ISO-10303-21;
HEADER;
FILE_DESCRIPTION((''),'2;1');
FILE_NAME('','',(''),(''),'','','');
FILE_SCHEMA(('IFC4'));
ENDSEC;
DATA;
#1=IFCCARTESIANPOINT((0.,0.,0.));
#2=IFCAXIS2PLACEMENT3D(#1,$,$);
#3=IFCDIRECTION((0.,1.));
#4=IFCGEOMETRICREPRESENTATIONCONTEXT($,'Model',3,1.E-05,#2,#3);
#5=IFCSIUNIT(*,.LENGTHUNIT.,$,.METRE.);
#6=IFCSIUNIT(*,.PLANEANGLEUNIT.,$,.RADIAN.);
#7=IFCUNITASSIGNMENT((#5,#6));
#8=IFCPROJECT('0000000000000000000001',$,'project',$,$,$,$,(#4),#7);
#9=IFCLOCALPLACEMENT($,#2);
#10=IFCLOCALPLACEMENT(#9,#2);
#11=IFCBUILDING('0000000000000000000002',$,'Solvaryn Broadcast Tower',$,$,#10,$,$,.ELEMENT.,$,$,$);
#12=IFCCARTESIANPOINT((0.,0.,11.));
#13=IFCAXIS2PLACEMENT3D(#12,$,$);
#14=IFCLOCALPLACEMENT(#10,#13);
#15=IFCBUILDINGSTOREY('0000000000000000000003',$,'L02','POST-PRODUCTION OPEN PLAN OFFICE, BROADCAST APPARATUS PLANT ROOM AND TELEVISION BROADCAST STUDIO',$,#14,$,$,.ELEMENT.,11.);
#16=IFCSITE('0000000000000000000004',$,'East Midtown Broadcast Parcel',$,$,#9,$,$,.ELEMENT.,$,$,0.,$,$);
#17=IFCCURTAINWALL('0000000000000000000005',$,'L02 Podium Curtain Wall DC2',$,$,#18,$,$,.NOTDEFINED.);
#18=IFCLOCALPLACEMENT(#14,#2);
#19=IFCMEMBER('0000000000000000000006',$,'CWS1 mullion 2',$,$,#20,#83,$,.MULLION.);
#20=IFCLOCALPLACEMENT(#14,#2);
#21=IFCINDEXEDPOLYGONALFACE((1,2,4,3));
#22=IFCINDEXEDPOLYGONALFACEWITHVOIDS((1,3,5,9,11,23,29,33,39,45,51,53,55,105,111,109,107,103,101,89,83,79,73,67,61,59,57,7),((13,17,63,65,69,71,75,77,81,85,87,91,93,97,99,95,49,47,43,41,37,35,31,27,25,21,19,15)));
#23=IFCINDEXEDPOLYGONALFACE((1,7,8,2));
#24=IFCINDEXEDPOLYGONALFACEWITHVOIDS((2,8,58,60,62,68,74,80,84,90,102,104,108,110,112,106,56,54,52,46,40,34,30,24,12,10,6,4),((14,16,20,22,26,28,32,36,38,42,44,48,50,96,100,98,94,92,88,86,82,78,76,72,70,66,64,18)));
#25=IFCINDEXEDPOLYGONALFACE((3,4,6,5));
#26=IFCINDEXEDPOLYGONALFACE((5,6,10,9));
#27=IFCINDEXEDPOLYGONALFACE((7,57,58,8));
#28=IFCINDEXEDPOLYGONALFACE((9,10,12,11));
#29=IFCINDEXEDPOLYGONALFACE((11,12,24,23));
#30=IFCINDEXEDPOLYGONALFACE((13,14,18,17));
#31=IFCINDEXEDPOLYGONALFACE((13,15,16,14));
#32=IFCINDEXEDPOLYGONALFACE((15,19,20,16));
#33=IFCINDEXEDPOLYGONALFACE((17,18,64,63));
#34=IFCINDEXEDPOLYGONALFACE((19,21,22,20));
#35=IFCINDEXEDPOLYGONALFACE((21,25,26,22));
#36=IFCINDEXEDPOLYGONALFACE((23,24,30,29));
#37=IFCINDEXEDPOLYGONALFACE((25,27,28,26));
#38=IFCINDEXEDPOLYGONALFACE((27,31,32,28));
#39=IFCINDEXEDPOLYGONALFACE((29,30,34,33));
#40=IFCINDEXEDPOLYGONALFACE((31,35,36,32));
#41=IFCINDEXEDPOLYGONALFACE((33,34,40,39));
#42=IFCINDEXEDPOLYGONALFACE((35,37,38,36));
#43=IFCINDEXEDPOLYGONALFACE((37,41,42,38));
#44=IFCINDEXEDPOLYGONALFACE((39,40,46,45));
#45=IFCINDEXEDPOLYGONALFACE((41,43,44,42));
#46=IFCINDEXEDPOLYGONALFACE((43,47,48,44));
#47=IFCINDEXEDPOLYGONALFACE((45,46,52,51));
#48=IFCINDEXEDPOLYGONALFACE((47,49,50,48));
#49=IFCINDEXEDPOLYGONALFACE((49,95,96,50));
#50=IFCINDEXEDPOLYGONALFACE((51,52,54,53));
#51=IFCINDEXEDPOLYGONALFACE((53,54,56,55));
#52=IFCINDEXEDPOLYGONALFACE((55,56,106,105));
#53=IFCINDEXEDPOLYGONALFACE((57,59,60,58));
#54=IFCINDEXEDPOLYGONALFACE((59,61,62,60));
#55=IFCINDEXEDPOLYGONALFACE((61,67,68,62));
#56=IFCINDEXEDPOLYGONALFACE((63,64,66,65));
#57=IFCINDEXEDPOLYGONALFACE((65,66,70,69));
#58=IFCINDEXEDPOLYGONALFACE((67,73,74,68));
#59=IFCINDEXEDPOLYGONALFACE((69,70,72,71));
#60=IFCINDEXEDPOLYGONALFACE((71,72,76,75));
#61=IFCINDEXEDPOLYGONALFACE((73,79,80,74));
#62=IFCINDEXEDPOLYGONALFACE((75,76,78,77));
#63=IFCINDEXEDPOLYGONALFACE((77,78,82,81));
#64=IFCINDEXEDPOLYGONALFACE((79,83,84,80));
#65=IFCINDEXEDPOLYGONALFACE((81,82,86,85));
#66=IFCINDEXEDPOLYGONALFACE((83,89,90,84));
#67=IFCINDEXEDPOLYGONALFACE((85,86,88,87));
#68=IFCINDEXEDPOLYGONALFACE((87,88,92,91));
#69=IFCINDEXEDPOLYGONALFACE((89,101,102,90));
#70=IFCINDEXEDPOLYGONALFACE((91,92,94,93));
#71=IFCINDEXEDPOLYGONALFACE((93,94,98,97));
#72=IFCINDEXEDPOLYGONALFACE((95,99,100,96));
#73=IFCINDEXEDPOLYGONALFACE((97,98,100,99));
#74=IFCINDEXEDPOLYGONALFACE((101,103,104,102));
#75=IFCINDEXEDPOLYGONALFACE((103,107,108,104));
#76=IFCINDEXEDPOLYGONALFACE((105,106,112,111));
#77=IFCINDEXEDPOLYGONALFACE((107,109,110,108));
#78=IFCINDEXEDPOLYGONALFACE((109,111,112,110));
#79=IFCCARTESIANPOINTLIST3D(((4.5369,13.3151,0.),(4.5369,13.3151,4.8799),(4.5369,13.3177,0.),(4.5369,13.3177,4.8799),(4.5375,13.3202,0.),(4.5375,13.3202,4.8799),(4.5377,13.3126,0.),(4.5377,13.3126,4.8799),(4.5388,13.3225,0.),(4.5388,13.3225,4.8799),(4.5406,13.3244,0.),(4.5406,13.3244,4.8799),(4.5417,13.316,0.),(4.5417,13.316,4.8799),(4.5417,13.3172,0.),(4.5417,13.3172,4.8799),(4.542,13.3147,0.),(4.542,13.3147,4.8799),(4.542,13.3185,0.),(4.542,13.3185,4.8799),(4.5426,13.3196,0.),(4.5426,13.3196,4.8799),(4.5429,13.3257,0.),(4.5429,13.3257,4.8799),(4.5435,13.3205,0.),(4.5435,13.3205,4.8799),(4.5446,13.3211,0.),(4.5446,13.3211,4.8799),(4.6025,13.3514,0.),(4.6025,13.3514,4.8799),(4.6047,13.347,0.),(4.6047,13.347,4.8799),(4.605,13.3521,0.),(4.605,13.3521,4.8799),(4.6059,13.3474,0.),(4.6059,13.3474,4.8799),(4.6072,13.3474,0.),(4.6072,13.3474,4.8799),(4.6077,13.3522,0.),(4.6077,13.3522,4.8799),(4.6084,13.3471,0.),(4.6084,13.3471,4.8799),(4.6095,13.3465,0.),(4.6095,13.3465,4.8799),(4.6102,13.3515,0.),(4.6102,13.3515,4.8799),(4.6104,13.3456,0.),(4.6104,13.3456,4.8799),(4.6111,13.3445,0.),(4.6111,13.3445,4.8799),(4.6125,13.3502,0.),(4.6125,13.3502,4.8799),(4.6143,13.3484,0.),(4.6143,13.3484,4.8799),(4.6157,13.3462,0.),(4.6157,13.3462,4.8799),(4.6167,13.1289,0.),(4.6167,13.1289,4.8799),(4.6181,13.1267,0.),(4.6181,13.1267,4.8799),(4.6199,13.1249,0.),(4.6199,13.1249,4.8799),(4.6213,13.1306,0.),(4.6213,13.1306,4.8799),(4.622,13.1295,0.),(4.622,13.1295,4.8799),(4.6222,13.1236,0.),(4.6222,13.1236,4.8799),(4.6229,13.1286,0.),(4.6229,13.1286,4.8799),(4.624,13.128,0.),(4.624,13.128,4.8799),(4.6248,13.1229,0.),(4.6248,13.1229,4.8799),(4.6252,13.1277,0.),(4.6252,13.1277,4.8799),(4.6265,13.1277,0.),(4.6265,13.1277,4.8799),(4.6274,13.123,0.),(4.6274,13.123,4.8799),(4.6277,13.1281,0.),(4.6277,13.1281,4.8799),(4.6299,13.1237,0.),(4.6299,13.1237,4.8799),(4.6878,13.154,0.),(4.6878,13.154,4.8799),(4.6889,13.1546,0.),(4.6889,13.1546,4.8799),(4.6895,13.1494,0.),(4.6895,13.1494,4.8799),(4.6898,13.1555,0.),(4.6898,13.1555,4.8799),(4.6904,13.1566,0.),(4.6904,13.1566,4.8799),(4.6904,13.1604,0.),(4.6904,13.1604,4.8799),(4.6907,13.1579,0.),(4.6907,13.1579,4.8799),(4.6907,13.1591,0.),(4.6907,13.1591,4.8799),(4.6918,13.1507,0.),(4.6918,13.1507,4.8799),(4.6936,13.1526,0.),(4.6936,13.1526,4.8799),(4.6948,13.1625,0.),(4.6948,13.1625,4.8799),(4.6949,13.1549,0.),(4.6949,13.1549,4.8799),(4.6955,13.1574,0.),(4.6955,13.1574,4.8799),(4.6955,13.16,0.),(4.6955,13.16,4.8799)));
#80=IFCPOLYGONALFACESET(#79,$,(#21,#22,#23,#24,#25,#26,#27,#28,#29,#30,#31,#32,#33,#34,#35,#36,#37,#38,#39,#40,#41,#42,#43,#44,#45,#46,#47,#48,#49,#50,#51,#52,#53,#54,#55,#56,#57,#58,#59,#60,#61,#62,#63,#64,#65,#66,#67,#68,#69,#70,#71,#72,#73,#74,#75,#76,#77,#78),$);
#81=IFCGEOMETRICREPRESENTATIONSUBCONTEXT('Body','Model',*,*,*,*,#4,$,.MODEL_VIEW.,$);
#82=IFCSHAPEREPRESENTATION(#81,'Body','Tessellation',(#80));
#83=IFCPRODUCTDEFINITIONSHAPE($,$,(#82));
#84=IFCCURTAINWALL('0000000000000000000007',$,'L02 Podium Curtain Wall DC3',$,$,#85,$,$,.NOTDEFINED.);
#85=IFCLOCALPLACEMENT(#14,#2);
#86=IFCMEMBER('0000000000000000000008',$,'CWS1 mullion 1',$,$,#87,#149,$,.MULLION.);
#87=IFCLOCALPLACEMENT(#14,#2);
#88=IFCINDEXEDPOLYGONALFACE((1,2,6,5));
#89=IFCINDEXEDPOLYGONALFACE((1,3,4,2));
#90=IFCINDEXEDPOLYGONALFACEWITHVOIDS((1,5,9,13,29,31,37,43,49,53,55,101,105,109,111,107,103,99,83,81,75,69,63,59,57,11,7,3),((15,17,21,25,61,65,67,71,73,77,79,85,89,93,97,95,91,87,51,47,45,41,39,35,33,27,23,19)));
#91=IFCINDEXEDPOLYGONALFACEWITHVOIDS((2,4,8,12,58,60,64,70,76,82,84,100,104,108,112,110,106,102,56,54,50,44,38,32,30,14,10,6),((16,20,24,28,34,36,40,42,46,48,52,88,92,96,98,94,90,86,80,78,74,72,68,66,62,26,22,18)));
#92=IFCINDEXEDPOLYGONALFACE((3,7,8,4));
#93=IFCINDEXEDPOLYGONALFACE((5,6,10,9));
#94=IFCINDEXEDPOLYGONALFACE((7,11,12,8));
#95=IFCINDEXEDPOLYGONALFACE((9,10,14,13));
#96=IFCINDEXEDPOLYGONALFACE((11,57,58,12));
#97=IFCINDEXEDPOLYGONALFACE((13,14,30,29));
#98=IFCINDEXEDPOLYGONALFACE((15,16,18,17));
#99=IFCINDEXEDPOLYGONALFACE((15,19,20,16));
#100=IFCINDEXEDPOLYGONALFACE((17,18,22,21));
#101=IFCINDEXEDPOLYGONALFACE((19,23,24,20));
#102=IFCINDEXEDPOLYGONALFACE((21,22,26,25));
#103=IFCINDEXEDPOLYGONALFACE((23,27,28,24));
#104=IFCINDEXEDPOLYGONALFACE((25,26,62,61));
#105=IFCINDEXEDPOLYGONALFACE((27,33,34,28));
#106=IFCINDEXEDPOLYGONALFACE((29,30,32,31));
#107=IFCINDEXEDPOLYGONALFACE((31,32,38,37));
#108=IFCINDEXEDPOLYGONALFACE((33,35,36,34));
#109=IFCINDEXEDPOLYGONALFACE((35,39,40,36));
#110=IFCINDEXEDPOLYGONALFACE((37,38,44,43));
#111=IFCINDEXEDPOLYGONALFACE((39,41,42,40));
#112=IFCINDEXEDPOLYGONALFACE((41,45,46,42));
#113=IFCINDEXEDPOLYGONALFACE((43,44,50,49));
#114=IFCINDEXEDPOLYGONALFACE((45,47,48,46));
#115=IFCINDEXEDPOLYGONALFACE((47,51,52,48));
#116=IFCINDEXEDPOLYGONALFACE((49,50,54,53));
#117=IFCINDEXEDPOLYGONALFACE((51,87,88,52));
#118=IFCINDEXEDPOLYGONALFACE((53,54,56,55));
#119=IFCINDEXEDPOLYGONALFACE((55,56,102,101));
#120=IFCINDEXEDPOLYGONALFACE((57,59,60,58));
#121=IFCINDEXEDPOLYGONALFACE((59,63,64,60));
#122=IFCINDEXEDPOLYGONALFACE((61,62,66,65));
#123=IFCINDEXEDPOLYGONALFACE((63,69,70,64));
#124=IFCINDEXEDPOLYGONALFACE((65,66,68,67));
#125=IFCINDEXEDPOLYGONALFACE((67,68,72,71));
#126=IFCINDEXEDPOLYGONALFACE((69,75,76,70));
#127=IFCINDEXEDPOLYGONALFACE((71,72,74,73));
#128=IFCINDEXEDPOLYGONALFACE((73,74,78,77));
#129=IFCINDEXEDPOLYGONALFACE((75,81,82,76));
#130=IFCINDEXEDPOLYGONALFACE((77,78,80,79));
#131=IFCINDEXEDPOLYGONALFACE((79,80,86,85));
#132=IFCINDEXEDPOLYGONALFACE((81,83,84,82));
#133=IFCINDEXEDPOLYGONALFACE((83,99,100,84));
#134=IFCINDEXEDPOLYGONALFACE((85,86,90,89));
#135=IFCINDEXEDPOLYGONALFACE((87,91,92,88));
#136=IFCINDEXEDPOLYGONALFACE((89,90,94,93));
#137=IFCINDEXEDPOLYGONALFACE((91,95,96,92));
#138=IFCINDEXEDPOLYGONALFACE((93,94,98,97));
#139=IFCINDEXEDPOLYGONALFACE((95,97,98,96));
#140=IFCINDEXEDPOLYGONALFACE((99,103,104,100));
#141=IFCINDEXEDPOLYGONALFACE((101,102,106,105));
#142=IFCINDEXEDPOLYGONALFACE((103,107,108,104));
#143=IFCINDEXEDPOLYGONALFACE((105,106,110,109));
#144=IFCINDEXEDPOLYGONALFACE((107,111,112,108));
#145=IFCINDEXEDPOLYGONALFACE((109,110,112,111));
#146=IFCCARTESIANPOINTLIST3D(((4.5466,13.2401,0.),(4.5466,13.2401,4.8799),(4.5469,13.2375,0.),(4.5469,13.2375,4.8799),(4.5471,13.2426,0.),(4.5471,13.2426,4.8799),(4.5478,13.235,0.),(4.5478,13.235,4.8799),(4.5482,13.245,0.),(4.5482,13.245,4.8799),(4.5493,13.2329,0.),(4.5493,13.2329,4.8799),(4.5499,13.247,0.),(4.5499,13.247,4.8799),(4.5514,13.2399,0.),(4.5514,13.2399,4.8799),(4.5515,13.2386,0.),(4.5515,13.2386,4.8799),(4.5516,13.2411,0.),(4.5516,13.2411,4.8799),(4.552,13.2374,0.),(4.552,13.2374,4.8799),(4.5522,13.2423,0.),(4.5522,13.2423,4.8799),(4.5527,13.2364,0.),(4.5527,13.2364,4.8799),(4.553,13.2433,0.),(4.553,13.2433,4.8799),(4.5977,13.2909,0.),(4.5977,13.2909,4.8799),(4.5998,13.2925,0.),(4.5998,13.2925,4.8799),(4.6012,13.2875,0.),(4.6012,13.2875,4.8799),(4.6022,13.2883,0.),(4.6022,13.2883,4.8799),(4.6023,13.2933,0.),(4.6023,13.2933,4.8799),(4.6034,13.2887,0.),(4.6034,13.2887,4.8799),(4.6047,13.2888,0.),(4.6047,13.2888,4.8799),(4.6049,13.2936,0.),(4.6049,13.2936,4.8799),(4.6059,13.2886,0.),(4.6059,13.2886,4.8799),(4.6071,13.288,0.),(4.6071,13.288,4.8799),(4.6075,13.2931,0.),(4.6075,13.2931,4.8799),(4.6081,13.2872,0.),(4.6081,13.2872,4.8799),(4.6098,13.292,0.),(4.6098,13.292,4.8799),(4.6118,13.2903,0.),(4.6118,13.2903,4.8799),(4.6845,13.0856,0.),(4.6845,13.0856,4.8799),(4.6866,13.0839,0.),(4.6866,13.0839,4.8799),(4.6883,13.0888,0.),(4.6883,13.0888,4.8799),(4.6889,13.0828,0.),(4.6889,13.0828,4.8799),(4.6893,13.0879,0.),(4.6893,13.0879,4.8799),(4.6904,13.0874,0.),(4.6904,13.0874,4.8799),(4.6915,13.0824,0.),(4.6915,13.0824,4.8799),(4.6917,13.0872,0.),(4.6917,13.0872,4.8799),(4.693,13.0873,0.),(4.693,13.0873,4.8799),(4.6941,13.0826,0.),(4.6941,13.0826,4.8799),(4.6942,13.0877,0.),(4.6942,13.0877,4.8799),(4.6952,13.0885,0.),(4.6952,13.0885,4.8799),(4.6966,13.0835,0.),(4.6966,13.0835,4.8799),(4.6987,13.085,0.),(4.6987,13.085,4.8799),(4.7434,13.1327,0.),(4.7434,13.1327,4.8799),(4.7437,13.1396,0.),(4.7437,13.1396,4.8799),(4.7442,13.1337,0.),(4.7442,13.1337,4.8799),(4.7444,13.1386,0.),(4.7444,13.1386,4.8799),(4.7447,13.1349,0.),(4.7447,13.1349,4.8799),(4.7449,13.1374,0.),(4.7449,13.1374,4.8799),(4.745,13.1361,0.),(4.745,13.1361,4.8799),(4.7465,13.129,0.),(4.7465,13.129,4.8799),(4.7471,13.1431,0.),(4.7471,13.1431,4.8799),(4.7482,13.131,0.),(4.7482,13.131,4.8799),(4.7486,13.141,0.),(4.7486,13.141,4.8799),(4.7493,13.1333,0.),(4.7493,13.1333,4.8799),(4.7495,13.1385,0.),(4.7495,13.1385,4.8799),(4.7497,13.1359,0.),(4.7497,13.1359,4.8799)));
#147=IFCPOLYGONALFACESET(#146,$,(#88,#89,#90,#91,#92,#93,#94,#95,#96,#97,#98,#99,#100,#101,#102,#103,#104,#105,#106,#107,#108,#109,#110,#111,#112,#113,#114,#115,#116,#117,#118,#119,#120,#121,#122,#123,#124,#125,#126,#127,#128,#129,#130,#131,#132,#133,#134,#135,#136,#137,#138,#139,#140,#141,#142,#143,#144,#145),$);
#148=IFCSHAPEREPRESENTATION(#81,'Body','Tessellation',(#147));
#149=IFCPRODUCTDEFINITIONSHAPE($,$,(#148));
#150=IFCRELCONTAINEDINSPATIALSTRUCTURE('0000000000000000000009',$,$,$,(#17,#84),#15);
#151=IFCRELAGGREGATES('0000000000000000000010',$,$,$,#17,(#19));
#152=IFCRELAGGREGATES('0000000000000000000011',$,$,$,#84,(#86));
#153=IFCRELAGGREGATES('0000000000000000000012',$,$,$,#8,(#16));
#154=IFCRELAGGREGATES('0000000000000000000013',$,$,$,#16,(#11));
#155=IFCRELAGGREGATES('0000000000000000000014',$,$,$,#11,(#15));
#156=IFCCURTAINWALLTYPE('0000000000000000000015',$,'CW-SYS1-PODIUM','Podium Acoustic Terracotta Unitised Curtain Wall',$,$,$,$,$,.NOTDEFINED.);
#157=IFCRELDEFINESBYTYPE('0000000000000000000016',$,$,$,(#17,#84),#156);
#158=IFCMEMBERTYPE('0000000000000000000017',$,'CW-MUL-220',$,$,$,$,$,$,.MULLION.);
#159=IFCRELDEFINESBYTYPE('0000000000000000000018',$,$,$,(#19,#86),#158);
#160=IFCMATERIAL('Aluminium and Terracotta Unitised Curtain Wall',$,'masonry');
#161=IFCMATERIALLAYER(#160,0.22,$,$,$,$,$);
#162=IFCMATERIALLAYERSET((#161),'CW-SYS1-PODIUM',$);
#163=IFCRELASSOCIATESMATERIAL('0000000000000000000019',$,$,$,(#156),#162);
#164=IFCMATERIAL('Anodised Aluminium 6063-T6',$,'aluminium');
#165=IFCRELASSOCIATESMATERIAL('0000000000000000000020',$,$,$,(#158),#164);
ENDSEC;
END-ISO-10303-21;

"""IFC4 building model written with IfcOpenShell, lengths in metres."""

from ifc_helpers import new_model, si_unit, direction, frame, origin, origin_2d, place, context, subcontext, project, spatial, hollow_rectangle, extrude, material, layer, layer_set, material_profile, profile_set, type_object, element, aggregate, save


model = new_model("IFC4")

# Units and contexts
model_context = context("Model", 3, precision=1e-05, world=origin(), true_north=direction((0.0, 1.0)))
body_context = subcontext(model_context, "Body", "Model", "MODEL_VIEW")
ifc_project = project(units=[si_unit("LENGTHUNIT", "METRE"), si_unit("PLANEANGLEUNIT", "RADIAN")], contexts=[model_context])

# Site, building, storey
site_placement = place(None, origin())
site = spatial("IfcSite", under=ifc_project, at=site_placement, Name="East Midtown Broadcast Parcel", CompositionType="ELEMENT", RefElevation=0.0)
building_placement = place(site_placement, origin())
building = spatial("IfcBuilding", under=site, at=building_placement, Name="Solvaryn Broadcast Tower", CompositionType="ELEMENT")
storey_placement = place(building_placement, frame((0.0, 0.0, 11.0)))
storey = spatial("IfcBuildingStorey", under=building, at=storey_placement, Name="L02", Description="POST-PRODUCTION OPEN PLAN OFFICE, BROADCAST APPARATUS PLANT ROOM AND TELEVISION BROADCAST STUDIO", CompositionType="ELEMENT", Elevation=11.0)

# Shared definitions
ifc_material_1 = material(Name="Aluminium and Terracotta Unitised Curtain Wall", Category="masonry")
ifc_layer_1 = layer(ifc_material_1, 0.22)
ifc_layer_set_1 = layer_set([ifc_layer_1], Name="CW-SYS1-PODIUM")
curtain_wall_type = type_object("IfcCurtainWallType", Name="CW-SYS1-PODIUM", Description="Podium Acoustic Terracotta Unitised Curtain Wall", PredefinedType="NOTDEFINED", material=ifc_layer_set_1)
ifc_material_2 = material(Name="Anodised Aluminium 6063-T6", Category="aluminium")
ifc_material_profile_1 = material_profile(ifc_material_2, hollow_rectangle(XDim=0.085, YDim=0.22, WallThickness=0.0049, InnerFilletRadius=0.0049, OuterFilletRadius=0.01, at=origin_2d()))
ifc_profile_set_1 = profile_set([ifc_material_profile_1], Name="Anodised Aluminium 6063-T6")
member_type_1 = type_object("IfcMemberType", Name="CW-MUL-220", PredefinedType="MULLION", material=ifc_profile_set_1)

# Curtain wall, member
curtain_wall_1_placement = place(storey_placement, origin())
curtain_wall_1 = element("IfcCurtainWall", 1, at=curtain_wall_1_placement, inside=storey, type_object=curtain_wall_type, Name="L02 Podium Curtain Wall DC2", PredefinedType="NOTDEFINED")
member_1_placement = place(storey_placement, frame((4.6162, 13.2375, 0.0), z_axis=(0.0, 0.0, 1.0), x_axis=(0.918452, 0.395532, 0.0)))
member_1 = element("IfcMember", 2, at=member_1_placement, type_object=member_type_1, Name="CWS1 mullion 2", PredefinedType="MULLION", context=body_context, shape_type="SweptSolid", body=[
    extrude(hollow_rectangle(XDim=0.085, YDim=0.22, WallThickness=0.0049, InnerFilletRadius=0.0049, OuterFilletRadius=0.01, at=origin_2d()), origin(), (0.0, 0.0, 1.0), 4.8799),
])

# Curtain wall, member
curtain_wall_2_placement = place(storey_placement, origin())
curtain_wall_2 = element("IfcCurtainWall", 3, at=curtain_wall_2_placement, inside=storey, type_object=curtain_wall_type, Name="L02 Podium Curtain Wall DC3", PredefinedType="NOTDEFINED")
member_2_placement = place(storey_placement, frame((4.6482, 13.188, 0.0), z_axis=(0.0, 0.0, 1.0), x_axis=(0.736394, 0.676553, 0.0)))
member_2 = element("IfcMember", 4, at=member_2_placement, type_object=member_type_1, Name="CWS1 mullion 1", PredefinedType="MULLION", context=body_context, shape_type="SweptSolid", body=[
    extrude(hollow_rectangle(XDim=0.085, YDim=0.22, WallThickness=0.0049, InnerFilletRadius=0.0049, OuterFilletRadius=0.01, at=origin_2d()), origin(), (0.0, 0.0, 1.0), 4.8799),
])

aggregate(curtain_wall_1, [member_1])
aggregate(curtain_wall_2, [member_2])

save(model, "model.ifc")
